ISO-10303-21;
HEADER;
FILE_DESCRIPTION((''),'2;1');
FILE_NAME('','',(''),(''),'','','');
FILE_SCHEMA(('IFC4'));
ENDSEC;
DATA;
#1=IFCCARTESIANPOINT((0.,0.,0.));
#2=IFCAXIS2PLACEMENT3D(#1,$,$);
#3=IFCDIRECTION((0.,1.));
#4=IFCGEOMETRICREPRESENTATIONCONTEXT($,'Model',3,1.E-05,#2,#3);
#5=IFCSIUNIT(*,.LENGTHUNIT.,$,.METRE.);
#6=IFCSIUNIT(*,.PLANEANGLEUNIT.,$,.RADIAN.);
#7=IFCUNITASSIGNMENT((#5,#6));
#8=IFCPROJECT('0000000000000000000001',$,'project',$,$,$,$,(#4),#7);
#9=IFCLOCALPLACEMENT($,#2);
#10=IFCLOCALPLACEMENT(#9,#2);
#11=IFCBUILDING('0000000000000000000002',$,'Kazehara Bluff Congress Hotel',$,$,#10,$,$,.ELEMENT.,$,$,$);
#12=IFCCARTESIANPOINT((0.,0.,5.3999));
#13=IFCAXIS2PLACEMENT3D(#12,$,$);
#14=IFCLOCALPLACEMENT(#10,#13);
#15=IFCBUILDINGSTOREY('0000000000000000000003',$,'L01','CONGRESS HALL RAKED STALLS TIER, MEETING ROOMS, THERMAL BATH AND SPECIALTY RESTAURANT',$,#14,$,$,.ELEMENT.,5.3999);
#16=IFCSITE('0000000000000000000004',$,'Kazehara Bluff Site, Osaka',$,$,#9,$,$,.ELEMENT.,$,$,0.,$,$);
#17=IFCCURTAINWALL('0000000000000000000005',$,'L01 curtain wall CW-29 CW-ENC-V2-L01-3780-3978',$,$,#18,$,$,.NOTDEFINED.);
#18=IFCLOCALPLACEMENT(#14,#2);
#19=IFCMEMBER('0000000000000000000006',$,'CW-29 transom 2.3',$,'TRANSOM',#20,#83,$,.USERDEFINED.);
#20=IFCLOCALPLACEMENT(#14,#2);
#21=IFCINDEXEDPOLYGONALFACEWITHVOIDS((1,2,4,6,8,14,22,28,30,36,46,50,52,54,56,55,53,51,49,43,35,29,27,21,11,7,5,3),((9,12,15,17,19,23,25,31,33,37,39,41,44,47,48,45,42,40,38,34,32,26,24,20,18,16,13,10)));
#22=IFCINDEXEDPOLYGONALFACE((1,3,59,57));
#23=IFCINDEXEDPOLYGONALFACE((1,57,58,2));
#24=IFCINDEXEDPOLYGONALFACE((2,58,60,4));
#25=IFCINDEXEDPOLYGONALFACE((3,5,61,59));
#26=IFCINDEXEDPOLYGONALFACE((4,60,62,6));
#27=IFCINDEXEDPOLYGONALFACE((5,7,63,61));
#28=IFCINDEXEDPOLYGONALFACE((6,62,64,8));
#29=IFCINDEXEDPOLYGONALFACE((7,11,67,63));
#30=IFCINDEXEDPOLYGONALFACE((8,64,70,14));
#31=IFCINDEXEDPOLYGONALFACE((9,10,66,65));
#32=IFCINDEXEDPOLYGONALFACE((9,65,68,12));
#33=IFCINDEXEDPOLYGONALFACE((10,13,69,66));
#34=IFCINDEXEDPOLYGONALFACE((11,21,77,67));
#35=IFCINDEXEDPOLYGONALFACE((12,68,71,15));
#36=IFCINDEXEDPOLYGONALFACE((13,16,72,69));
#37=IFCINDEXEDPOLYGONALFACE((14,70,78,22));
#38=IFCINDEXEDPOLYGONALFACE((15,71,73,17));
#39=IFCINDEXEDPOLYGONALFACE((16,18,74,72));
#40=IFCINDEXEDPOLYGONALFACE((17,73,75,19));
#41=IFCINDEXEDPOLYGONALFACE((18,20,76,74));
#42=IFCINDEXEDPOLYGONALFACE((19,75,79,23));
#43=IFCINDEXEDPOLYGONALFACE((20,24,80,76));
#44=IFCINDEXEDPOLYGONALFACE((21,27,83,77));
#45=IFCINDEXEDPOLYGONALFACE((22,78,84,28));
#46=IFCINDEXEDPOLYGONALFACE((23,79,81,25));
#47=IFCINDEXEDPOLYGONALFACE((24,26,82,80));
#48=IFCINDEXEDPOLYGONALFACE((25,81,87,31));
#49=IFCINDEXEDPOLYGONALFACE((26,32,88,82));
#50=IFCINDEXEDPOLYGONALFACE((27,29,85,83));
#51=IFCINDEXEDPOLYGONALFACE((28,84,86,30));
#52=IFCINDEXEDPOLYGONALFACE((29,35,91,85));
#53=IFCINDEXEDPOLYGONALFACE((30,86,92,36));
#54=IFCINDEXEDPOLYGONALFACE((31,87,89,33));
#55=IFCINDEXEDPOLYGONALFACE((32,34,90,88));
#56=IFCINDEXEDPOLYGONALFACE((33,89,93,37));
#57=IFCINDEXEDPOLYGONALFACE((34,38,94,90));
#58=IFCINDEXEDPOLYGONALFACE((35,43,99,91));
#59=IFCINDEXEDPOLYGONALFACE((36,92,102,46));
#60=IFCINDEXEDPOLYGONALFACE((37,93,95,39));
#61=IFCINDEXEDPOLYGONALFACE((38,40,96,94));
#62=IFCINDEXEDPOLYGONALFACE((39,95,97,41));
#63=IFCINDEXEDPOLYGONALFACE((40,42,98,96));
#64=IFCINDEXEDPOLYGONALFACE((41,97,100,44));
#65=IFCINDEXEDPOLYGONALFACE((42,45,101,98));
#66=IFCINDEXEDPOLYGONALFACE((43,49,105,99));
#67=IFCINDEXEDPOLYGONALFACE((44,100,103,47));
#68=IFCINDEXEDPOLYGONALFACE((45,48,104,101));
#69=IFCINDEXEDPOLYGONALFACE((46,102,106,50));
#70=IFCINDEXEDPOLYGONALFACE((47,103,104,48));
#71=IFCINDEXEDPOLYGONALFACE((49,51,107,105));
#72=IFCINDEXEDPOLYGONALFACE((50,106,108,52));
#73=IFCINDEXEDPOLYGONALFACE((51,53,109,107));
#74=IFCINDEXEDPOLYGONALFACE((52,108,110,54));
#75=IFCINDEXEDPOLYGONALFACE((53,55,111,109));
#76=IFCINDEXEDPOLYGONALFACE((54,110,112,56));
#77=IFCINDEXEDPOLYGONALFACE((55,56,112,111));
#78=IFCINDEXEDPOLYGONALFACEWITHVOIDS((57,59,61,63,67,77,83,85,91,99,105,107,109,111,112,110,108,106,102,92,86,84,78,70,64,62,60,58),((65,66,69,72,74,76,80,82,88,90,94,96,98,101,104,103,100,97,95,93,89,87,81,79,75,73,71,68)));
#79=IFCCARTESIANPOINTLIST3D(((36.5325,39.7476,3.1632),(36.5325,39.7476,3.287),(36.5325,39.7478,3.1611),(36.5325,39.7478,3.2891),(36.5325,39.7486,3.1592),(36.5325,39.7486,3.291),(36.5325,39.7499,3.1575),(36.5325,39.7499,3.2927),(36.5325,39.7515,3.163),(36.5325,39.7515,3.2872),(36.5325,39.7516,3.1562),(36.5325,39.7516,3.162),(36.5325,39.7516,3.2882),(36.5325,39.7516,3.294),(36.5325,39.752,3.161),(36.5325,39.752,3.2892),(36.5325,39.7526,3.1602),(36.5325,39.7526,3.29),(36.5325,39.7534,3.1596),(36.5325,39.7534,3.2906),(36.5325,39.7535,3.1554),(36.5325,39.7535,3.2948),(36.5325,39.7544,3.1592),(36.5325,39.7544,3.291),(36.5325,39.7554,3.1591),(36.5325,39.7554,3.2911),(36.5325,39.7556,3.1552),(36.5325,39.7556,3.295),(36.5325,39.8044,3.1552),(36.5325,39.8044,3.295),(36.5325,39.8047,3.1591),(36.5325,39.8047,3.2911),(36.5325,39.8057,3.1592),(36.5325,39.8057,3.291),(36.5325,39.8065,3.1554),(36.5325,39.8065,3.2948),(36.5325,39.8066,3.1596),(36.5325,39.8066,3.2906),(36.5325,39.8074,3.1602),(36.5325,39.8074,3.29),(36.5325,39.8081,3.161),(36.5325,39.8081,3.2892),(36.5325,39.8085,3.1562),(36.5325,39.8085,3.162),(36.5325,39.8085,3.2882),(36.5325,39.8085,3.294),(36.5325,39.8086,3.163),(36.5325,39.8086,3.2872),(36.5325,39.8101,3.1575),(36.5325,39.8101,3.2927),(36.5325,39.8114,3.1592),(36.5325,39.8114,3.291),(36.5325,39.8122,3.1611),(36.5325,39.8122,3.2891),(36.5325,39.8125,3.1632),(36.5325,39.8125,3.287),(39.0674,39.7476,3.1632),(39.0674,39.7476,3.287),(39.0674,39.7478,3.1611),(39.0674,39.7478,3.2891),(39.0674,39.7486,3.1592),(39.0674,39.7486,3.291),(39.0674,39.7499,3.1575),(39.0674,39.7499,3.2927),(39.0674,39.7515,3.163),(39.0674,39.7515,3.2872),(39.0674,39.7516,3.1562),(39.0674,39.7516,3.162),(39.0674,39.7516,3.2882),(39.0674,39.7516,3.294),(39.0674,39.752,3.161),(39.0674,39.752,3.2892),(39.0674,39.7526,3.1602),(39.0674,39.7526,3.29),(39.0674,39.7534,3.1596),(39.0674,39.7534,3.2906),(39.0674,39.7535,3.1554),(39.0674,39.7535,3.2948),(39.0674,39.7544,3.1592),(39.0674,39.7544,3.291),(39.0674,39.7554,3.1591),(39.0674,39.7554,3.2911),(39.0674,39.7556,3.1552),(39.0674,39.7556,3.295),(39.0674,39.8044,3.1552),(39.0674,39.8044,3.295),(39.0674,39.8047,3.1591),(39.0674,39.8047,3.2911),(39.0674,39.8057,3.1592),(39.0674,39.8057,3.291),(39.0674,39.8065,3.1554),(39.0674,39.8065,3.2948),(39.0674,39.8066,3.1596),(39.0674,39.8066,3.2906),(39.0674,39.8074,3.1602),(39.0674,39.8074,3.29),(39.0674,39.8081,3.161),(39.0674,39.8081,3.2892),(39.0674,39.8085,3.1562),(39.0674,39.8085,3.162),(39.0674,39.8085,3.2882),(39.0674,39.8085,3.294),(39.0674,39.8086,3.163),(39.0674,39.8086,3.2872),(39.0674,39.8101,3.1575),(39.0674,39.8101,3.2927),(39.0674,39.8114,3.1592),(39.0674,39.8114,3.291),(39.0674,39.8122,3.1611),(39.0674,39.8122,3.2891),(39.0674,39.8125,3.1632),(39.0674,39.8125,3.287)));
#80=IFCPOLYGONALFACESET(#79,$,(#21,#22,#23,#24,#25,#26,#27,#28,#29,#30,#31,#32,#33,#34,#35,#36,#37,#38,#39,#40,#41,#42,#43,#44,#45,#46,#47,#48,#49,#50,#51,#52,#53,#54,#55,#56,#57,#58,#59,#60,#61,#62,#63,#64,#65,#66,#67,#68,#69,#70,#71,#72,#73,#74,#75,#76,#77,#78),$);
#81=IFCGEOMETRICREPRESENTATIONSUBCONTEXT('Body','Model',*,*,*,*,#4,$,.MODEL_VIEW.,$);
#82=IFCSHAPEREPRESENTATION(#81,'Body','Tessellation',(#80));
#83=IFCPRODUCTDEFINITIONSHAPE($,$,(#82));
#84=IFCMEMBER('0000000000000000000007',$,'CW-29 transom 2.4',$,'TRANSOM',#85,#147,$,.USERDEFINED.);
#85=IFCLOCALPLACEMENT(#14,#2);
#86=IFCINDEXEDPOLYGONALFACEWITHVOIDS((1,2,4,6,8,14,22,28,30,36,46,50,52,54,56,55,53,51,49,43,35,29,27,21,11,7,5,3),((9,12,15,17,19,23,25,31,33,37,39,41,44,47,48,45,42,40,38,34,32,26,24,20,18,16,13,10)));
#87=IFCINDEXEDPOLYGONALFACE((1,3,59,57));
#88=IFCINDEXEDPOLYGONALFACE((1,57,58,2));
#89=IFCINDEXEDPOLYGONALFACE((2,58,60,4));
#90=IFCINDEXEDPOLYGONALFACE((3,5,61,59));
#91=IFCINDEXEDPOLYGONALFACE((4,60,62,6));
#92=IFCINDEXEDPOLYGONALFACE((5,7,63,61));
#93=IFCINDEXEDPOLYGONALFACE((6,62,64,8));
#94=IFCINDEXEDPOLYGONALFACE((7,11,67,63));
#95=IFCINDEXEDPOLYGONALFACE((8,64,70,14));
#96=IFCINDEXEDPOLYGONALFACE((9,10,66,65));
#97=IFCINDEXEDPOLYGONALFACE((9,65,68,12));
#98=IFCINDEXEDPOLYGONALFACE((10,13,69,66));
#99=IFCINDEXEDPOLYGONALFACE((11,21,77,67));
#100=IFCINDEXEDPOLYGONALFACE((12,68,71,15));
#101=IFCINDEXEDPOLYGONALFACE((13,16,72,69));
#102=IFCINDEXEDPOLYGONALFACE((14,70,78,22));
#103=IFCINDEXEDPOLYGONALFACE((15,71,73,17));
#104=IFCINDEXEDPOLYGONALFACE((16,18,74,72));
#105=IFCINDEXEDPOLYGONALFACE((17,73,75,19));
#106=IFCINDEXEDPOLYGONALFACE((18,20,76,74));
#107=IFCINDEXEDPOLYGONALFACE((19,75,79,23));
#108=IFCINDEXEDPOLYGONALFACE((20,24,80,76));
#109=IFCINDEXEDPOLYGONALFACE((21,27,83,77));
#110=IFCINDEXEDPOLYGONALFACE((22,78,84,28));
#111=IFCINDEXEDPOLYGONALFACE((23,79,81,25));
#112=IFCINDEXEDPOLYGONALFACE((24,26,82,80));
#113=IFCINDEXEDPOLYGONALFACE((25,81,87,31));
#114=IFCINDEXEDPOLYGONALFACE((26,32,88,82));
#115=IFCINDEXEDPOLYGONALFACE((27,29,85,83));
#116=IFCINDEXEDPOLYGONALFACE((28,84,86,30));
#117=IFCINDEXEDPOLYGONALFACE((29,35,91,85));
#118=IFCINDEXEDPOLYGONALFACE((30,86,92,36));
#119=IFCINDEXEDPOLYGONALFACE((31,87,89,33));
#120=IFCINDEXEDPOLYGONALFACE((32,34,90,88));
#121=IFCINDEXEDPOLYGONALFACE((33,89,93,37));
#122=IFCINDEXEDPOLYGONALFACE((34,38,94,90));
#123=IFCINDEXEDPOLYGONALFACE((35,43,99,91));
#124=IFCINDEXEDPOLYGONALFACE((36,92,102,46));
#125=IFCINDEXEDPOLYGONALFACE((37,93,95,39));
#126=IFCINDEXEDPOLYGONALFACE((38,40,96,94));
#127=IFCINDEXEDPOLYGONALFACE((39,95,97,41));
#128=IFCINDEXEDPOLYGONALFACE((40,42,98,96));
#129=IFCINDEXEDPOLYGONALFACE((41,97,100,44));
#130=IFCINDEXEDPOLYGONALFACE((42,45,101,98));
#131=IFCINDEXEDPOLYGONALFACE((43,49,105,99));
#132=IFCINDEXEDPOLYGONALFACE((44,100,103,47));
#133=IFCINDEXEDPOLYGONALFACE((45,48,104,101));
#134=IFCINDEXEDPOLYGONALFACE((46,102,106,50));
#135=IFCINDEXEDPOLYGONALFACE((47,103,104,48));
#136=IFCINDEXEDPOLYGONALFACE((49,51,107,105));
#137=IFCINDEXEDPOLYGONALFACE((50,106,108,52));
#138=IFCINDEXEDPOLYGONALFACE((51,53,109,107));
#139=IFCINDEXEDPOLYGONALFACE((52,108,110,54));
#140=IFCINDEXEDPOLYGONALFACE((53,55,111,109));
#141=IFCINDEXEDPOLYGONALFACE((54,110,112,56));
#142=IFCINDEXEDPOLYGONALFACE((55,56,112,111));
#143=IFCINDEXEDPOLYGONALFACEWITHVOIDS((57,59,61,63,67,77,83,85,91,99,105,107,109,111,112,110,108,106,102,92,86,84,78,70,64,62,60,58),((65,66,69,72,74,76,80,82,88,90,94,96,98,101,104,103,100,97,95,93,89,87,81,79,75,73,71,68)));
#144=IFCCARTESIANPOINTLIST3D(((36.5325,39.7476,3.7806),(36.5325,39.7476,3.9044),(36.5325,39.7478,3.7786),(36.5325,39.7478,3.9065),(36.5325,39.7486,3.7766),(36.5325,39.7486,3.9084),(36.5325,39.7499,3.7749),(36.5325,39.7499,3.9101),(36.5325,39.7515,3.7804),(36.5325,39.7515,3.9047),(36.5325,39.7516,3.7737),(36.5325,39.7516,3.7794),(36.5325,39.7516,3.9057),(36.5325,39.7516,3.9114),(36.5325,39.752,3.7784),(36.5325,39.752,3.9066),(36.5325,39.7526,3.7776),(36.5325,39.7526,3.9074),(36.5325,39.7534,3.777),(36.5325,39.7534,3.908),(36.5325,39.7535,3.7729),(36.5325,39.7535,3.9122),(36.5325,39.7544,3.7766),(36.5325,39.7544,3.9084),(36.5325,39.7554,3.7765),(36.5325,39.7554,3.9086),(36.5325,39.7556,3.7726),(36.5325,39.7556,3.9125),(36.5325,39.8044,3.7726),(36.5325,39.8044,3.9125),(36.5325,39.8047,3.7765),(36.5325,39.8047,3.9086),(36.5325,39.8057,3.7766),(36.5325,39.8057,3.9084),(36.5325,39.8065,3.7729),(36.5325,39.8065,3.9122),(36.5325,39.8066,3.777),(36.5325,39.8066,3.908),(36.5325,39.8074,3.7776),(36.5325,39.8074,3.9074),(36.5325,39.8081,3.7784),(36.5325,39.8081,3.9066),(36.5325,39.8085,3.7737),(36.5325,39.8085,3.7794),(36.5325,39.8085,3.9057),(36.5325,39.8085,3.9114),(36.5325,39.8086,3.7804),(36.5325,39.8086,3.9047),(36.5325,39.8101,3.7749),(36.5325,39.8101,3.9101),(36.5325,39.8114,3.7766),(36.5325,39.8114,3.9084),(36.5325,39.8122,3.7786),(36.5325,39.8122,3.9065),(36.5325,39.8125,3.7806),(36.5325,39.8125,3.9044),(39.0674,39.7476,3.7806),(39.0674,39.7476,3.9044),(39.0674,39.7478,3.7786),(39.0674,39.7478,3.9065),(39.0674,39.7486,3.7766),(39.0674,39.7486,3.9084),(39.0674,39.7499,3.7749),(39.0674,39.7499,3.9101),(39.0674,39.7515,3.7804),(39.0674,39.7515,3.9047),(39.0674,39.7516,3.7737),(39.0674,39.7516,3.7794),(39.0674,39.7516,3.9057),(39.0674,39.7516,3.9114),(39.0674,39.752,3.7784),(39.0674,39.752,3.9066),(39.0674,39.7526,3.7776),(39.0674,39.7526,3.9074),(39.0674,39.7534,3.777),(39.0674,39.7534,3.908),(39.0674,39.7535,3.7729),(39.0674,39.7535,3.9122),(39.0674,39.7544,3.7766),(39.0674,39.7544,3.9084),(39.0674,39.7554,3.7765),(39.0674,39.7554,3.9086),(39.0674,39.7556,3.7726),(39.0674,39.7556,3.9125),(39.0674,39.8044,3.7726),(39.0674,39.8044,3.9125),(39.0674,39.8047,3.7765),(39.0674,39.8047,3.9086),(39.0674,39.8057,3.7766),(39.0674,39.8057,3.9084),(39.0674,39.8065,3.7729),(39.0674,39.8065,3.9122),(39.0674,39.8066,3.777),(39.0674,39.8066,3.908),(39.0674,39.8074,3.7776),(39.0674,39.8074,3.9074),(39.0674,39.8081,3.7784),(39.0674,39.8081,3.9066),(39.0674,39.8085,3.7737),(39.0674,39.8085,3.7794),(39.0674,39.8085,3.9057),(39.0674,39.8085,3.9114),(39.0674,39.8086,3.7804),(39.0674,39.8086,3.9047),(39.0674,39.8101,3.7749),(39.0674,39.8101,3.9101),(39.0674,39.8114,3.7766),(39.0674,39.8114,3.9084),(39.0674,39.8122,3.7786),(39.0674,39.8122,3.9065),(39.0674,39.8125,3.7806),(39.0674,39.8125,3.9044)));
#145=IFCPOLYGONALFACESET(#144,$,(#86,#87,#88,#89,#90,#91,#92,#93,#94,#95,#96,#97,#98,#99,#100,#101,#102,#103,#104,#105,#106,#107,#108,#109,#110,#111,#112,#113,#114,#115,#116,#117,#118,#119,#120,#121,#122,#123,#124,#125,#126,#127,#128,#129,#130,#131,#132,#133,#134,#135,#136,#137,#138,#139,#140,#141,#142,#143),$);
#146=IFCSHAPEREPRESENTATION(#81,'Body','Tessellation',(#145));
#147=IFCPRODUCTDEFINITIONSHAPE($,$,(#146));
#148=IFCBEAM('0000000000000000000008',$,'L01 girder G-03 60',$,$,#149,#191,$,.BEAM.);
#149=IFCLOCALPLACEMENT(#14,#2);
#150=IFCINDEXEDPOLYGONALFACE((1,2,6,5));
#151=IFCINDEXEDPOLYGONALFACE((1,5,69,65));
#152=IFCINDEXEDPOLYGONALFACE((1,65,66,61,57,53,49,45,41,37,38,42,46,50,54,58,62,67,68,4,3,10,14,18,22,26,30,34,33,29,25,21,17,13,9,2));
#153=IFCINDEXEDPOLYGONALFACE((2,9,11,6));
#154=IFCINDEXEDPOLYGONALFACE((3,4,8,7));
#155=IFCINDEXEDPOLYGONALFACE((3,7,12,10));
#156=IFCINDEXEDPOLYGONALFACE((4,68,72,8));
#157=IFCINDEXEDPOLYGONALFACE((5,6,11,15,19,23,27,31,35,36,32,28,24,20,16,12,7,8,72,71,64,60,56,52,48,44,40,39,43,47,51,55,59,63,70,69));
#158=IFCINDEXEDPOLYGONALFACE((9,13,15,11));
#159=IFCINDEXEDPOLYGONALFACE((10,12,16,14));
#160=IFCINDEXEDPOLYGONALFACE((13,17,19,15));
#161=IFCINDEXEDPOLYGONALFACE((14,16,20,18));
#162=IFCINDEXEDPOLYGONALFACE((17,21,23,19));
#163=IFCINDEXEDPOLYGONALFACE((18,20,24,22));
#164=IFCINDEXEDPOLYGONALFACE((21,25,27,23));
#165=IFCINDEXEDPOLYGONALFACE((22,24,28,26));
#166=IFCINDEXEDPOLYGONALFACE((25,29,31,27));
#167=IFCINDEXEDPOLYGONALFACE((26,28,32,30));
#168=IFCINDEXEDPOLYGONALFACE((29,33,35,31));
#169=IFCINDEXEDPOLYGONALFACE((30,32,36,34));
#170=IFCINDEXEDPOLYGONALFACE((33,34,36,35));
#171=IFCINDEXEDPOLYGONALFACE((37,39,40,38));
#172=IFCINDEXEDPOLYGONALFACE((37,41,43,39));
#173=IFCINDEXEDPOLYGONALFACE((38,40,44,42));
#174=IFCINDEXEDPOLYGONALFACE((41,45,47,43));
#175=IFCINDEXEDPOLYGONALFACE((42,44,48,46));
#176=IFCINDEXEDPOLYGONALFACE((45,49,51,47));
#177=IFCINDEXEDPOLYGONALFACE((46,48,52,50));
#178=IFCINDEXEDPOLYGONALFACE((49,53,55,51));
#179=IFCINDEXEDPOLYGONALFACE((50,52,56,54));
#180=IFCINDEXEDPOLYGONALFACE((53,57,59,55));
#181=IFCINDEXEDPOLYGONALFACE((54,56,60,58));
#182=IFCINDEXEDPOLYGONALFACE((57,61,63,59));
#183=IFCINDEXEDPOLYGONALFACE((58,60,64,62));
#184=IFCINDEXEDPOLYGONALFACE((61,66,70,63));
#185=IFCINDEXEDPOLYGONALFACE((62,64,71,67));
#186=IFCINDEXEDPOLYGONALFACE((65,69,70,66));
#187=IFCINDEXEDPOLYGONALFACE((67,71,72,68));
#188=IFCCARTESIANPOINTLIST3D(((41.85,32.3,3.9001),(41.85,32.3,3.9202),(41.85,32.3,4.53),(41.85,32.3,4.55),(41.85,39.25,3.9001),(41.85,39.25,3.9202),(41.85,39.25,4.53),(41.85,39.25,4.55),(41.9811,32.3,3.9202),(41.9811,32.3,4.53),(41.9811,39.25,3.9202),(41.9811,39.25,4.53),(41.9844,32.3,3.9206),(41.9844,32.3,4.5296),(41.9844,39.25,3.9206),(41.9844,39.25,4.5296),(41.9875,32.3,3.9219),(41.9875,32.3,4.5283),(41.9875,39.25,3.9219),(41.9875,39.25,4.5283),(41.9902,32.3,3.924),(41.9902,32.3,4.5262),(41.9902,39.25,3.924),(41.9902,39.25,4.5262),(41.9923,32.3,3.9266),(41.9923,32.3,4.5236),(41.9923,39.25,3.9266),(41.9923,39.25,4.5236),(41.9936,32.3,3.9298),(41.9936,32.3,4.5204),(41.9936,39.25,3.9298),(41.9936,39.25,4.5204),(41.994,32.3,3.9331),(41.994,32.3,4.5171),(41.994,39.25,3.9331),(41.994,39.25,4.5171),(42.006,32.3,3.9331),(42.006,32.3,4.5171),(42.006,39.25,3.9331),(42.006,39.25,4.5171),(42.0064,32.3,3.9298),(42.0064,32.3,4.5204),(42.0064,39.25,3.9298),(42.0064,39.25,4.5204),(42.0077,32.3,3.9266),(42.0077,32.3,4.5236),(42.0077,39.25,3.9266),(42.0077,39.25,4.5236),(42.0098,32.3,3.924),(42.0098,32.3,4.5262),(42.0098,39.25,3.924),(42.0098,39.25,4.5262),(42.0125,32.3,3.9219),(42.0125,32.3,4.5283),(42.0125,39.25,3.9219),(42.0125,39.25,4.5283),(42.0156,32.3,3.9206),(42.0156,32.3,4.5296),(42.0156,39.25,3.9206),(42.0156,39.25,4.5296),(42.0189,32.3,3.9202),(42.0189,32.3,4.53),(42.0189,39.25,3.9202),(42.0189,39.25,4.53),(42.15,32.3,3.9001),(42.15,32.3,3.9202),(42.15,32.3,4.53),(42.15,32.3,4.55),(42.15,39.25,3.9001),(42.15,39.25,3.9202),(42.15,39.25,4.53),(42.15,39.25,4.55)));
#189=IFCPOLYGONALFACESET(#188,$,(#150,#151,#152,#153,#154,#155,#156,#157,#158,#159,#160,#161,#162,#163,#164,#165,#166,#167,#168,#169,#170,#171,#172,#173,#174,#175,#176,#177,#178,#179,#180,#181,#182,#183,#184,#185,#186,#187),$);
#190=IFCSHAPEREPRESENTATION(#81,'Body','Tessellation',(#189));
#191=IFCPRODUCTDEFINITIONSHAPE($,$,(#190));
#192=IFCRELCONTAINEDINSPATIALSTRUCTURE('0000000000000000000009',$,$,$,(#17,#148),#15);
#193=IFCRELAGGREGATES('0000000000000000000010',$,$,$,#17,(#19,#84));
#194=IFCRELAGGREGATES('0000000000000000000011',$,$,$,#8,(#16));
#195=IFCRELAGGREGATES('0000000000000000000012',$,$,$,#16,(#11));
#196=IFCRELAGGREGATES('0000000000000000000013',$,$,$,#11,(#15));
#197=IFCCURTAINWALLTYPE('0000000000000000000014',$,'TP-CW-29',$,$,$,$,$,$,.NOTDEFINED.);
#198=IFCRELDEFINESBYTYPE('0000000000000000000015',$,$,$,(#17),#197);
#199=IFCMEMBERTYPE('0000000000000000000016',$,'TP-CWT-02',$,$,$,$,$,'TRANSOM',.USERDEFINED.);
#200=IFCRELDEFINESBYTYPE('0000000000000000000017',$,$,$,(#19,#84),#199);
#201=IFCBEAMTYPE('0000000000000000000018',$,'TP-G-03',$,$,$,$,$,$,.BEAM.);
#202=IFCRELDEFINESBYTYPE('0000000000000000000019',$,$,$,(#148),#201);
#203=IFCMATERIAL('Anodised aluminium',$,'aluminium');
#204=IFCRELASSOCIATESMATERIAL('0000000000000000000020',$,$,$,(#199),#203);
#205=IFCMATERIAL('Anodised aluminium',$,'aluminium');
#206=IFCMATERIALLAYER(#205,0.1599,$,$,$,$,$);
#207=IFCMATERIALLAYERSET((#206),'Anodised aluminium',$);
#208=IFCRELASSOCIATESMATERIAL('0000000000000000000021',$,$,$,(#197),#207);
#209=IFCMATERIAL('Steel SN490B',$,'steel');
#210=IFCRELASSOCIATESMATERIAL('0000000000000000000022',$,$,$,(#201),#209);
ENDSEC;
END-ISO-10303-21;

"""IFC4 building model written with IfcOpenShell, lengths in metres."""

from ifc_helpers import new_model, si_unit, direction, frame, origin, origin_2d, place, context, subcontext, project, spatial, hollow_rectangle, i_section, extrude, material, layer, layer_set, material_profile, profile_set, type_object, element, aggregate, save


model = new_model("IFC4")

# Units and contexts
model_context = context("Model", 3, precision=1e-05, world=origin(), true_north=direction((0.0, 1.0)))
body_context = subcontext(model_context, "Body", "Model", "MODEL_VIEW")
ifc_project = project(units=[si_unit("LENGTHUNIT", "METRE"), si_unit("PLANEANGLEUNIT", "RADIAN")], contexts=[model_context])

# Site, building, storey
site_placement = place(None, origin())
site = spatial("IfcSite", under=ifc_project, at=site_placement, Name="Kazehara Bluff Site, Osaka", CompositionType="ELEMENT", RefElevation=0.0)
building_placement = place(site_placement, origin())
building = spatial("IfcBuilding", under=site, at=building_placement, Name="Kazehara Bluff Congress Hotel", CompositionType="ELEMENT")
storey_placement = place(building_placement, frame((0.0, 0.0, 5.3999)))
storey = spatial("IfcBuildingStorey", under=building, at=storey_placement, Name="L01", Description="CONGRESS HALL RAKED STALLS TIER, MEETING ROOMS, THERMAL BATH AND SPECIALTY RESTAURANT", CompositionType="ELEMENT", Elevation=5.3999)

# Curtain wall, members
ifc_material_1 = material(Name="Anodised aluminium", Category="aluminium")
ifc_material_profile_1 = material_profile(ifc_material_1, hollow_rectangle(XDim=0.0649, YDim=0.1399, WallThickness=0.0039, InnerFilletRadius=0.0039, OuterFilletRadius=0.0081, at=origin_2d()))
ifc_profile_set_1 = profile_set([ifc_material_profile_1], Name="Anodised aluminium")
member_type_1 = type_object("IfcMemberType", Name="TP-CWT-02", ElementType="TRANSOM", PredefinedType="USERDEFINED", material=ifc_profile_set_1)
ifc_material_2 = material(Name="Anodised aluminium", Category="aluminium")
ifc_layer_1 = layer(ifc_material_2, 0.1599)
ifc_layer_set_1 = layer_set([ifc_layer_1], Name="Anodised aluminium")
curtain_wall_type_1 = type_object("IfcCurtainWallType", Name="TP-CW-29", PredefinedType="NOTDEFINED", material=ifc_layer_set_1)
curtain_wall_1_placement = place(storey_placement, origin())
curtain_wall_1 = element("IfcCurtainWall", 1, at=curtain_wall_1_placement, inside=storey, type_object=curtain_wall_type_1, Name="L01 curtain wall CW-29 CW-ENC-V2-L01-3780-3978", PredefinedType="NOTDEFINED")
member_1_placement = place(storey_placement, frame((36.5325, 39.78, 3.2251), z_axis=(1.0, 0.0, 0.0), x_axis=(0.0, 1.0, 0.0)))
member_1 = element("IfcMember", 2, at=member_1_placement, type_object=member_type_1, Name="CW-29 transom 2.3", ObjectType="TRANSOM", PredefinedType="USERDEFINED", context=body_context, shape_type="SweptSolid", body=[
    extrude(hollow_rectangle(XDim=0.0649, YDim=0.1399, WallThickness=0.0039, InnerFilletRadius=0.0039, OuterFilletRadius=0.0081, at=origin_2d()), origin(), (0.0, 0.0, 1.0), 2.5349),
])
member_2_placement = place(storey_placement, frame((36.5325, 39.78, 3.8425), z_axis=(1.0, 0.0, 0.0), x_axis=(0.0, 1.0, 0.0)))
member_2 = element("IfcMember", 3, at=member_2_placement, type_object=member_type_1, Name="CW-29 transom 2.4", ObjectType="TRANSOM", PredefinedType="USERDEFINED", context=body_context, shape_type="SweptSolid", body=[
    extrude(hollow_rectangle(XDim=0.0649, YDim=0.1399, WallThickness=0.0039, InnerFilletRadius=0.0039, OuterFilletRadius=0.0081, at=origin_2d()), origin(), (0.0, 0.0, 1.0), 2.5349),
])

# Beam
ifc_material_3 = material(Name="Steel SN490B", Category="steel")
ifc_material_profile_2 = material_profile(ifc_material_3, i_section(OverallWidth=0.3, OverallDepth=0.6499, WebThickness=0.012, FlangeThickness=0.02, FilletRadius=0.0129, at=origin_2d()))
ifc_profile_set_2 = profile_set([ifc_material_profile_2], Name="Steel SN490B")
beam_type_1 = type_object("IfcBeamType", Name="TP-G-03", PredefinedType="BEAM", material=ifc_profile_set_2)
beam_1_placement = place(storey_placement, frame((42.0, 32.3, 4.2251), z_axis=(0.0, 1.0, 0.0), x_axis=(-1.0, 0.0, 0.0)))
element("IfcBeam", 4, at=beam_1_placement, inside=storey, type_object=beam_type_1, Name="L01 girder G-03 60", PredefinedType="BEAM", context=body_context, shape_type="SweptSolid", body=[
    extrude(i_section(OverallWidth=0.3, OverallDepth=0.6499, WebThickness=0.012, FlangeThickness=0.02, FilletRadius=0.0129, at=origin_2d()), origin(), (0.0, 0.0, 1.0), 6.95),
])

aggregate(curtain_wall_1, [member_1, member_2])

save(model, "model.ifc")
